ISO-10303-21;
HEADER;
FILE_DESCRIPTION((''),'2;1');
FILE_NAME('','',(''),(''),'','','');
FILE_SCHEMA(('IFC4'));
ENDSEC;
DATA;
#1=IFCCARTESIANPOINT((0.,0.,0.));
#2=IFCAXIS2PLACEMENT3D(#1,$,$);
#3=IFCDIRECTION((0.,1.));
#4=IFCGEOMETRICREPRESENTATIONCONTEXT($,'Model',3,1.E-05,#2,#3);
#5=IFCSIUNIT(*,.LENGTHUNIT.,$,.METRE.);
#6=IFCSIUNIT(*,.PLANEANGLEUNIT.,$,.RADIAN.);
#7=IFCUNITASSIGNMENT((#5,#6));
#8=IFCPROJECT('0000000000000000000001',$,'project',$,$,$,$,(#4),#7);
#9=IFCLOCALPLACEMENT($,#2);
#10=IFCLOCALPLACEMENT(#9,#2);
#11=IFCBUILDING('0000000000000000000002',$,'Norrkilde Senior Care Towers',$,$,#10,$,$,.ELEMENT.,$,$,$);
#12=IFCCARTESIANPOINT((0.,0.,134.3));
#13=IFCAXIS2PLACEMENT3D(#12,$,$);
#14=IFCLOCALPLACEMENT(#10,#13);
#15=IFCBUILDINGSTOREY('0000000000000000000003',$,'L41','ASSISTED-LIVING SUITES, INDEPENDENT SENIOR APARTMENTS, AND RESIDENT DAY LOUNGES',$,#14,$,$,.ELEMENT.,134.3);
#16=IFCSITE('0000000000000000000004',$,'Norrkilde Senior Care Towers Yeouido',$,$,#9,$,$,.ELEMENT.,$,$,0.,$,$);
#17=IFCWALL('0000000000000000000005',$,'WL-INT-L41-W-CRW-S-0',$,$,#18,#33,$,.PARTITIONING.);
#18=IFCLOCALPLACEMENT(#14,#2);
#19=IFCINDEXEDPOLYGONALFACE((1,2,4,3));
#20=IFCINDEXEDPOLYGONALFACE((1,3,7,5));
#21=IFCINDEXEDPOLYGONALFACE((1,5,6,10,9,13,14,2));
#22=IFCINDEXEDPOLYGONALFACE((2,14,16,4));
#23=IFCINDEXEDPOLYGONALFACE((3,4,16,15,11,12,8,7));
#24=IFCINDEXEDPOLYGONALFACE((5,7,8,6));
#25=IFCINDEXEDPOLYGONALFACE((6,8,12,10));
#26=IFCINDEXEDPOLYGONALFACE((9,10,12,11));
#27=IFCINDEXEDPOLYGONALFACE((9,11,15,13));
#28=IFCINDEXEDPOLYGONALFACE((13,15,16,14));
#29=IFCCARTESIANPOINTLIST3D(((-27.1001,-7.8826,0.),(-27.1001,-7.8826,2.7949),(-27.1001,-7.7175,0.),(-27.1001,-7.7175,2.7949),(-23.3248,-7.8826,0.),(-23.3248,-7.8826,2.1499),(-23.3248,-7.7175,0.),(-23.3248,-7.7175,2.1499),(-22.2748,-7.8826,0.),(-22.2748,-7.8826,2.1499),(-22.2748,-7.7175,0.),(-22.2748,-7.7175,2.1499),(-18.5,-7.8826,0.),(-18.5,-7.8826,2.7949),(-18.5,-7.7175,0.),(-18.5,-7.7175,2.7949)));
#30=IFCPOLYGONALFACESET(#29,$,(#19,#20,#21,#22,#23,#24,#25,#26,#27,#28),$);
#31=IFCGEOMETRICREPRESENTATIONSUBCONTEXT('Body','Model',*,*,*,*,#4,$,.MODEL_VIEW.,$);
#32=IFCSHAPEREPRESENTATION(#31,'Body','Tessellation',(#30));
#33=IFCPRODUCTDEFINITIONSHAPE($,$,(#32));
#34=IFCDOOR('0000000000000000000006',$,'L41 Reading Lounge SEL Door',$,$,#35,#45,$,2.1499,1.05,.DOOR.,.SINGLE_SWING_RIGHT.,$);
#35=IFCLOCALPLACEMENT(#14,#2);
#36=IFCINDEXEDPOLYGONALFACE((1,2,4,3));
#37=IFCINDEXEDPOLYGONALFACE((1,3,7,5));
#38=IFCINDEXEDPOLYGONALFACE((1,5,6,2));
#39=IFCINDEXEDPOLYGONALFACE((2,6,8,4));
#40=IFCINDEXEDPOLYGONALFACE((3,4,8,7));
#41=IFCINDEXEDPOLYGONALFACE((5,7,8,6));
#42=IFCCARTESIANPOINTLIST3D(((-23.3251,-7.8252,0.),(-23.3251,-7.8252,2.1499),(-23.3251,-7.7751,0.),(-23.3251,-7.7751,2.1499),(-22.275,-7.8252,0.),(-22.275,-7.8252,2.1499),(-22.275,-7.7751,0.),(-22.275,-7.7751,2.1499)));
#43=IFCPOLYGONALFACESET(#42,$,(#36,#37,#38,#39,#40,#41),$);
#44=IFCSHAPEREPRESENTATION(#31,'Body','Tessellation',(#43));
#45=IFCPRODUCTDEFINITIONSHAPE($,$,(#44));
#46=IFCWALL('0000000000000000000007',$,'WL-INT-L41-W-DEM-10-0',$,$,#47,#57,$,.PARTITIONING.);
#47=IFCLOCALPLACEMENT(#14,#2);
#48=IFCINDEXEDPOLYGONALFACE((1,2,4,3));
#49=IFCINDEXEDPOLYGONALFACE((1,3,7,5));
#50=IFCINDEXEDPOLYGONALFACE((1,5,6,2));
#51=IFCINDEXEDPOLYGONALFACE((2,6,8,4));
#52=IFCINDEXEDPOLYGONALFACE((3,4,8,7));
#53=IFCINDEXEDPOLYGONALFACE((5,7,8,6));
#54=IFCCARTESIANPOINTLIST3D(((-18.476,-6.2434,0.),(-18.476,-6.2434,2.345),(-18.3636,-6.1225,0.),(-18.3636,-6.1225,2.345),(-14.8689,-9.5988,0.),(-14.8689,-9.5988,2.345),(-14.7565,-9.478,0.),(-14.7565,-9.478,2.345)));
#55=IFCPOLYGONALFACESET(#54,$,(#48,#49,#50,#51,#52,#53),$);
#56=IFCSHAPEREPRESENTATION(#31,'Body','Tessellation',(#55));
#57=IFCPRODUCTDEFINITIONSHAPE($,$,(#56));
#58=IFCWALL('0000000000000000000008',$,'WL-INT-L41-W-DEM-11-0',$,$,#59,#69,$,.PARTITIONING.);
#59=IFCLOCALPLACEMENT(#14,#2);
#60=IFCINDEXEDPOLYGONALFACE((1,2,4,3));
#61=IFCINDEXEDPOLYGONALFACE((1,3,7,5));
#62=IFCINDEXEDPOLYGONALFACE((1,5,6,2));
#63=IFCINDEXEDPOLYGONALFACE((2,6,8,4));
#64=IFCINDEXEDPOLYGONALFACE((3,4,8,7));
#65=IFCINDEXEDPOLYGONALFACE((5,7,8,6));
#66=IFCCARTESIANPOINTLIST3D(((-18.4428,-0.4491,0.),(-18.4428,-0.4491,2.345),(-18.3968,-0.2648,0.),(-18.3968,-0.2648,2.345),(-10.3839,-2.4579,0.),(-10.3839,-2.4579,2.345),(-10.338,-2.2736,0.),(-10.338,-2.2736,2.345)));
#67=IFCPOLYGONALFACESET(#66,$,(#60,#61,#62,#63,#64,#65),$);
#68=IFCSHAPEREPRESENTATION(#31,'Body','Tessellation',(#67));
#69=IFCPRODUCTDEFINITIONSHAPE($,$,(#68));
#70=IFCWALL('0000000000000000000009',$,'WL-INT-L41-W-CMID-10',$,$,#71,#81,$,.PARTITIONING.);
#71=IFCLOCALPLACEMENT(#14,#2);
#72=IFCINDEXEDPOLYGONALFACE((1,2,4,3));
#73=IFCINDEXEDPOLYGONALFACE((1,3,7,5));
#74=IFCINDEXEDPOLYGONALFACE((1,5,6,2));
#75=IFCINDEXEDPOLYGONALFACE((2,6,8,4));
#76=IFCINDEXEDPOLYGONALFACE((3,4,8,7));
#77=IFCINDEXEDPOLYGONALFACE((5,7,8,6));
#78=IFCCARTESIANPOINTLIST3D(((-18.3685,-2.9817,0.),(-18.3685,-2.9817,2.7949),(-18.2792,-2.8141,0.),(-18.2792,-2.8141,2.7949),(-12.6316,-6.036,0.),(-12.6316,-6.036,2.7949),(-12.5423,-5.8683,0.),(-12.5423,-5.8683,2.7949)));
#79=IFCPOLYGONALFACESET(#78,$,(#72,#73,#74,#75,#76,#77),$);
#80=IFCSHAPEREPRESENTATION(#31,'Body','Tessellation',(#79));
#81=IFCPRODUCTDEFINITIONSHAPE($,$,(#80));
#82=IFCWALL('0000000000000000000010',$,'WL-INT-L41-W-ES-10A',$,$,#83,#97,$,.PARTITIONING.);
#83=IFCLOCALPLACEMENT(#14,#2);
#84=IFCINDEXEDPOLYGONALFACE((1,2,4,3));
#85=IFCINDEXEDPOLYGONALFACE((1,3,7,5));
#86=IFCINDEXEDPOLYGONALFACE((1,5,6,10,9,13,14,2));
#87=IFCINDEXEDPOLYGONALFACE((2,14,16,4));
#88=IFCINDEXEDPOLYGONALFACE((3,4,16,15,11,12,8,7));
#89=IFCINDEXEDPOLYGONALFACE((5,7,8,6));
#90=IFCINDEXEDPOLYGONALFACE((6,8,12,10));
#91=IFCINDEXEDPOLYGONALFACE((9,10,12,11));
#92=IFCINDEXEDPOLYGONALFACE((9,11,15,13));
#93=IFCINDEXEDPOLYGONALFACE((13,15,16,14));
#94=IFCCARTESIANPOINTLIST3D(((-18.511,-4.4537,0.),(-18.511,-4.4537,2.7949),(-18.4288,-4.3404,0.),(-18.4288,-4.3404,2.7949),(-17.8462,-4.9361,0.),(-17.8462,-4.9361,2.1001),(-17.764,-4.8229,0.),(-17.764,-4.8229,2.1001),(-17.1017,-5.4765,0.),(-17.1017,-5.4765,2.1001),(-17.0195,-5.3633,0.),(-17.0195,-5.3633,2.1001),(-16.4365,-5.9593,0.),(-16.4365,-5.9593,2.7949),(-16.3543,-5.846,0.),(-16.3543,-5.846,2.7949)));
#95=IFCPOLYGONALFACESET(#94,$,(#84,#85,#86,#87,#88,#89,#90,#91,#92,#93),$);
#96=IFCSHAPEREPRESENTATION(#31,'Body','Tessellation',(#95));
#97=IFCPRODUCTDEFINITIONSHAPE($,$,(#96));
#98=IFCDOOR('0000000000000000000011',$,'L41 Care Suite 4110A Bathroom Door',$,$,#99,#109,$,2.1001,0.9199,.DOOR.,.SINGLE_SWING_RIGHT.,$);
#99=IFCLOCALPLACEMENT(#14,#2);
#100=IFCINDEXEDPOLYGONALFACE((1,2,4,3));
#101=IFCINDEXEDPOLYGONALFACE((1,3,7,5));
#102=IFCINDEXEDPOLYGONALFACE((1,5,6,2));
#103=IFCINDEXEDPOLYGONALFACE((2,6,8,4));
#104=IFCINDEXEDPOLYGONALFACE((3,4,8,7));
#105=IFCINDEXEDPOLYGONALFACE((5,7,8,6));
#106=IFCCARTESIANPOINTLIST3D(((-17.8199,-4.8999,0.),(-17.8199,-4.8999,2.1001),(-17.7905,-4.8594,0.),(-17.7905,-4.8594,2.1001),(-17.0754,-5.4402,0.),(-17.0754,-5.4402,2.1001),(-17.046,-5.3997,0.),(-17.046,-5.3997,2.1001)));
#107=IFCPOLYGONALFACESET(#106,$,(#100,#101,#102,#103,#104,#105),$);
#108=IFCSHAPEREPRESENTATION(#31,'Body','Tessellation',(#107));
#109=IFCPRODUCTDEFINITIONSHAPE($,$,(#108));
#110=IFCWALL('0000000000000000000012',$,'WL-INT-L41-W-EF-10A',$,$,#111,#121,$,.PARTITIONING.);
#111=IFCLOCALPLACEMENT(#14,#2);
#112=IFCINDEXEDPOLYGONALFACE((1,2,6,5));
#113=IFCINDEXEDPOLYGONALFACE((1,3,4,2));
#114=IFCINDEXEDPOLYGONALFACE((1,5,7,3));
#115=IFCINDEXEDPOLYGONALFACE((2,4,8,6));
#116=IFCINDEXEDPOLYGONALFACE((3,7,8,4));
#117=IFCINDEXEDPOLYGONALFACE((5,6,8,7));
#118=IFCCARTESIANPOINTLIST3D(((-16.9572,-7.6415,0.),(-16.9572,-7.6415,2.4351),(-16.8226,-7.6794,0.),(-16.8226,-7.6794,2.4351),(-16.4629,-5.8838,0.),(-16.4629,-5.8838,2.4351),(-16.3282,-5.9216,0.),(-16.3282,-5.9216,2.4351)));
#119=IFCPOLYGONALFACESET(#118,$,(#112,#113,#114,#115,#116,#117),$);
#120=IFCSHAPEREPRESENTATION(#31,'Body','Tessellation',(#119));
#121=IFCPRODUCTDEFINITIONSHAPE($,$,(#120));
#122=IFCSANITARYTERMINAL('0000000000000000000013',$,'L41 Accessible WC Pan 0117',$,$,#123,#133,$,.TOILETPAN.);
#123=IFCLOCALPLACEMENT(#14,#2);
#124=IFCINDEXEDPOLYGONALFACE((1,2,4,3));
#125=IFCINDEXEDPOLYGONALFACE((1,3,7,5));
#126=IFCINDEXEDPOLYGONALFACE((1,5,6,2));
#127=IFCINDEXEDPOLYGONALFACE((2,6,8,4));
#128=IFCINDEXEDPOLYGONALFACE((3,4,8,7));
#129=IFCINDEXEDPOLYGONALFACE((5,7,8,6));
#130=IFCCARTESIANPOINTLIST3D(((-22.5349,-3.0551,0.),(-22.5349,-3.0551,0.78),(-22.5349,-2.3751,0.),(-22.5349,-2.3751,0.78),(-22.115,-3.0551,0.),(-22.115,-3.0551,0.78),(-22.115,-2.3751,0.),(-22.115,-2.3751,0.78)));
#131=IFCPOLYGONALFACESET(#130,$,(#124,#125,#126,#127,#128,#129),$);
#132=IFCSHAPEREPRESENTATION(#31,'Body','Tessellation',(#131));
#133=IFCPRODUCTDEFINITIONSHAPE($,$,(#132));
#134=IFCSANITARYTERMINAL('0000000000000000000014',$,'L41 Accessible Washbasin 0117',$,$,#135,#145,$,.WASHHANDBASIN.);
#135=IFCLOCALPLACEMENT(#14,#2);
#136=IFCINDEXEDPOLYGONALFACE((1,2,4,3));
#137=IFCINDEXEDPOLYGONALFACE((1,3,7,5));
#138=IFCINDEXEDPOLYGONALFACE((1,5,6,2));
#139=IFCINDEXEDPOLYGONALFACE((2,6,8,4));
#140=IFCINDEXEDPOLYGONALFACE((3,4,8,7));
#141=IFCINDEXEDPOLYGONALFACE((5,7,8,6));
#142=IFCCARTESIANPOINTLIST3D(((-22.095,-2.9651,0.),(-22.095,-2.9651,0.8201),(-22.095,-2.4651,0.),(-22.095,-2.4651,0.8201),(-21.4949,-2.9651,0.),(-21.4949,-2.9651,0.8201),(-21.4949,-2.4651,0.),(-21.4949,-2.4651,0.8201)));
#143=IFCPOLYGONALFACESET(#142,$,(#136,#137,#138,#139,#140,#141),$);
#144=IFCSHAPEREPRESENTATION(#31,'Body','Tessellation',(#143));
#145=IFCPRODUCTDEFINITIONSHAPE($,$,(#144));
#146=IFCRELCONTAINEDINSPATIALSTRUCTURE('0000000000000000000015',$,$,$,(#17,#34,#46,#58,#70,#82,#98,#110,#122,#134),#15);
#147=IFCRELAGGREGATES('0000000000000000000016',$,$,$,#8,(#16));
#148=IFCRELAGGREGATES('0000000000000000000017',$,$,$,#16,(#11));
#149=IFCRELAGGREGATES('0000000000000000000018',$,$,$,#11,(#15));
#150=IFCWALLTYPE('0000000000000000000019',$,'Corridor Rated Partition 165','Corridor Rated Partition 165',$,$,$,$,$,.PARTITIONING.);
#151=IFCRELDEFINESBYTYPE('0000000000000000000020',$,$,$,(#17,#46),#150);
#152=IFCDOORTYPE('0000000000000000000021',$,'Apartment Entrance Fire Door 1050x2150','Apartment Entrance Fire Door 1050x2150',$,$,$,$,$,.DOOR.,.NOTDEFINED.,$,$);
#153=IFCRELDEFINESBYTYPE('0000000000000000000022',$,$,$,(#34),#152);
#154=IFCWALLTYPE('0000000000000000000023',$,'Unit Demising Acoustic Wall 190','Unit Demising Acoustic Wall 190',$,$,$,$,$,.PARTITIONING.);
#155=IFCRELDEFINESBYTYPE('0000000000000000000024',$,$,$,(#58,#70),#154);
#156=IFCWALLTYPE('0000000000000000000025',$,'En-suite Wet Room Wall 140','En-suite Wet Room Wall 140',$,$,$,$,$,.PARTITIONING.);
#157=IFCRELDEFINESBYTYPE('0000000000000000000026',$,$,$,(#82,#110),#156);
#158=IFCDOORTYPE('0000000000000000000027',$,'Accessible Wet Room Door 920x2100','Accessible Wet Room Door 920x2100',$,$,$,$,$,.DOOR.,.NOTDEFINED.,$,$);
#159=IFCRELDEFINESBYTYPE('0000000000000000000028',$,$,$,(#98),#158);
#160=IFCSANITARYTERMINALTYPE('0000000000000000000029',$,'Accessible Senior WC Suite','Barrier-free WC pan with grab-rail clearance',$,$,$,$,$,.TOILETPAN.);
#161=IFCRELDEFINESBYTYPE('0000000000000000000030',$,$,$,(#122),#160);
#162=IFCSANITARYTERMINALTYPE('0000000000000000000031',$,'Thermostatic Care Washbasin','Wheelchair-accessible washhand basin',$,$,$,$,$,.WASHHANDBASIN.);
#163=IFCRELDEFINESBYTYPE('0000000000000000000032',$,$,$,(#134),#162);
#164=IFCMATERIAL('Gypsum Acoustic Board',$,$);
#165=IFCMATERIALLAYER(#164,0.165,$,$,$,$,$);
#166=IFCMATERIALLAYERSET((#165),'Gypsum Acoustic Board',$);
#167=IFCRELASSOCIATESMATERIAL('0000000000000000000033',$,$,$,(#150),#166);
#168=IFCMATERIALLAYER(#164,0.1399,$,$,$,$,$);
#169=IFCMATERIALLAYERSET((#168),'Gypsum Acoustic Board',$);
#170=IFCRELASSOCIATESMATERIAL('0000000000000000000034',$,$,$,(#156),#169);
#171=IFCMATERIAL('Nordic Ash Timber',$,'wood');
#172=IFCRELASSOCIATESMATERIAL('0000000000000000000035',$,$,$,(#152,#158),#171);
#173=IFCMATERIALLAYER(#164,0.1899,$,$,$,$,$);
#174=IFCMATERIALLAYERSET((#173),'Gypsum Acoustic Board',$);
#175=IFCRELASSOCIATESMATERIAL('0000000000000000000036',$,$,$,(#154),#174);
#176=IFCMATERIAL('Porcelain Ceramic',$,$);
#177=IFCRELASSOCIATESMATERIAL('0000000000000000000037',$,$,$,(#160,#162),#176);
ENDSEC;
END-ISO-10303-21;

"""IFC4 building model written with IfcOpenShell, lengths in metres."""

from ifc_helpers import new_model, si_unit, direction, frame, frame_2d, origin, origin_2d, place, context, subcontext, project, spatial, rectangle, extrude, source, transform, mapped, material, layer, layer_set, type_object, type_shapes, element, fill, save


model = new_model("IFC4")

# Units and contexts
model_context = context("Model", 3, precision=1e-05, world=origin(), true_north=direction((0.0, 1.0)))
body_context = subcontext(model_context, "Body", "Model", "MODEL_VIEW")
ifc_project = project(units=[si_unit("LENGTHUNIT", "METRE"), si_unit("PLANEANGLEUNIT", "RADIAN")], contexts=[model_context])

# Site, building, storey
site_placement = place(None, origin())
site = spatial("IfcSite", under=ifc_project, at=site_placement, Name="Norrkilde Senior Care Towers Yeouido", CompositionType="ELEMENT", RefElevation=0.0)
building_placement = place(site_placement, origin())
building = spatial("IfcBuilding", under=site, at=building_placement, Name="Norrkilde Senior Care Towers", CompositionType="ELEMENT")
storey_placement = place(building_placement, frame((0.0, 0.0, 134.3)))
storey = spatial("IfcBuildingStorey", under=building, at=storey_placement, Name="L41", Description="ASSISTED-LIVING SUITES, INDEPENDENT SENIOR APARTMENTS, AND RESIDENT DAY LOUNGES", CompositionType="ELEMENT", Elevation=134.3)

# Shared definitions
ifc_material_1 = material(Name="Gypsum Acoustic Board")
ifc_layer_1 = layer(ifc_material_1, 0.165)
ifc_layer_set_1 = layer_set([ifc_layer_1], Name="Gypsum Acoustic Board")
wall_type_1 = type_object("IfcWallType", Name="Corridor Rated Partition 165", Description="Corridor Rated Partition 165", PredefinedType="PARTITIONING", material=ifc_layer_set_1)

# Shared definitions
ifc_layer_2 = layer(ifc_material_1, 0.1399)
ifc_layer_set_2 = layer_set([ifc_layer_2], Name="Gypsum Acoustic Board")
wall_type_2 = type_object("IfcWallType", Name="En-suite Wet Room Wall 140", Description="En-suite Wet Room Wall 140", PredefinedType="PARTITIONING", material=ifc_layer_set_2)

# Wall, opening, door
shared_shape_1 = source(origin(), body_context, "Body", "SweptSolid", [
    extrude(rectangle(XDim=8.6001, YDim=0.165, at=frame_2d((4.3, 0.0))), origin(), (0.0, 0.0, 1.0), 2.7949),
])
wall_1_placement = place(storey_placement, frame((-18.5, -7.8, 0.0), z_axis=(0.0, 0.0, 1.0), x_axis=(-1.0, 0.0, 0.0)))
wall_1 = element("IfcWall", 1, at=wall_1_placement, inside=storey, type_object=wall_type_1, Name="WL-INT-L41-W-CRW-S-0", PredefinedType="PARTITIONING", context=body_context, shape_type="MappedRepresentation", body=[
    mapped(shared_shape_1, transform((0.0, 0.0, 0.0), x_axis=(1.0, 0.0, 0.0), y_axis=(0.0, 1.0, 0.0), z_axis=(0.0, 0.0, 1.0), scale=1.0)),
])
opening_1_placement = place(wall_1_placement, frame((3.7749, 0.0, 0.0)))
opening_1 = element("IfcOpeningElement", 2, at=opening_1_placement, cuts=wall_1, PredefinedType="OPENING", context=body_context, shape_type="SweptSolid", body=[
    extrude(rectangle(XDim=1.05, YDim=2.1499, at=frame_2d((0.5249, 1.075))), frame((0.0, 0.0925, 0.0), z_axis=(0.0, -1.0, 0.0), x_axis=(1.0, 0.0, 0.0)), (0.0, 0.0, 1.0), 0.1851),
])
ifc_material_2 = material(Name="Nordic Ash Timber", Category="wood")
door_type_1 = type_object("IfcDoorType", Name="Apartment Entrance Fire Door 1050x2150", Description="Apartment Entrance Fire Door 1050x2150", OperationType="NOTDEFINED", PredefinedType="DOOR", material=ifc_material_2)
shared_shape_2 = source(origin(), body_context, "Body", "SweptSolid", [
    extrude(rectangle(XDim=1.05, YDim=2.1499, at=frame_2d((0.5249, 1.075))), frame((0.0, 0.0249, 0.0), z_axis=(0.0, -1.0, 0.0), x_axis=(1.0, 0.0, 0.0)), (0.0, 0.0, 1.0), 0.05),
])
type_shapes(door_type_1, [shared_shape_2])
door_1_placement = place(opening_1_placement, frame((1.05, 0.0, 0.0), z_axis=(0.0, 0.0, 1.0), x_axis=(-1.0, 0.0, 0.0)))
door_1 = element("IfcDoor", 3, at=door_1_placement, inside=storey, type_object=door_type_1, Name="L41 Reading Lounge SEL Door", OperationType="SINGLE_SWING_RIGHT", OverallHeight=2.1499, OverallWidth=1.05, PredefinedType="DOOR", context=body_context, shape_type="MappedRepresentation", body=[
    mapped(shared_shape_2, transform((0.0, 0.0, 0.0), x_axis=(1.0, 0.0, 0.0), y_axis=(0.0, 1.0, 0.0), z_axis=(0.0, 0.0, 1.0), scale=1.0)),
])
fill(opening_1, door_1)

# Walls
shared_shape_3 = source(origin(), body_context, "Body", "SweptSolid", [
    extrude(rectangle(XDim=4.9265, YDim=0.165, at=frame_2d((2.4634, 0.0))), origin(), (0.0, 0.0, 1.0), 2.345),
])
wall_2_placement = place(storey_placement, frame((-18.4199, -6.1829, 0.0), z_axis=(0.0, 0.0, 1.0), x_axis=(0.732191, -0.681099, 0.0)))
element("IfcWall", 4, at=wall_2_placement, inside=storey, type_object=wall_type_1, Name="WL-INT-L41-W-DEM-10-0", PredefinedType="PARTITIONING", context=body_context, shape_type="MappedRepresentation", body=[
    mapped(shared_shape_3, transform((0.0, 0.0, 0.0), x_axis=(1.0, 0.0, 0.0), y_axis=(0.0, 1.0, 0.0), z_axis=(0.0, 0.0, 1.0), scale=1.0)),
])
ifc_layer_3 = layer(ifc_material_1, 0.1899)
ifc_layer_set_3 = layer_set([ifc_layer_3], Name="Gypsum Acoustic Board")
wall_type_3 = type_object("IfcWallType", Name="Unit Demising Acoustic Wall 190", Description="Unit Demising Acoustic Wall 190", PredefinedType="PARTITIONING", material=ifc_layer_set_3)
shared_shape_4 = source(origin(), body_context, "Body", "SweptSolid", [
    extrude(rectangle(XDim=8.3054, YDim=0.1899, at=frame_2d((4.1528, 0.0))), origin(), (0.0, 0.0, 1.0), 2.345),
])
wall_3_placement = place(storey_placement, frame((-18.4199, -0.3569, 0.0), z_axis=(0.0, 0.0, 1.0), x_axis=(0.97031, -0.241865, 0.0)))
element("IfcWall", 5, at=wall_3_placement, inside=storey, type_object=wall_type_3, Name="WL-INT-L41-W-DEM-11-0", PredefinedType="PARTITIONING", context=body_context, shape_type="MappedRepresentation", body=[
    mapped(shared_shape_4, transform((0.0, 0.0, 0.0), x_axis=(1.0, 0.0, 0.0), y_axis=(0.0, 1.0, 0.0), z_axis=(0.0, 0.0, 1.0), scale=1.0)),
])
shared_shape_5 = source(origin(), body_context, "Body", "SweptSolid", [
    extrude(rectangle(XDim=6.4993, YDim=0.1899, at=frame_2d((3.2495, 0.0))), origin(), (0.0, 0.0, 1.0), 2.7949),
])
type_shapes(wall_type_3, [shared_shape_4, shared_shape_5])
wall_4_placement = place(storey_placement, frame((-18.3237, -2.8979, 0.0), z_axis=(0.0, 0.0, 1.0), x_axis=(0.8827, -0.469937, 0.0)))
element("IfcWall", 6, at=wall_4_placement, inside=storey, type_object=wall_type_3, Name="WL-INT-L41-W-CMID-10", PredefinedType="PARTITIONING", context=body_context, shape_type="MappedRepresentation", body=[
    mapped(shared_shape_5, transform((0.0, 0.0, 0.0), x_axis=(1.0, 0.0, 0.0), y_axis=(0.0, 1.0, 0.0), z_axis=(0.0, 0.0, 1.0), scale=1.0)),
])

# Wall, opening, door
shared_shape_6 = source(origin(), body_context, "Body", "SweptSolid", [
    extrude(rectangle(XDim=2.5632, YDim=0.1399, at=frame_2d((1.2817, 0.0))), origin(), (0.0, 0.0, 1.0), 2.7949),
])
wall_5_placement = place(storey_placement, frame((-18.47, -4.397, 0.0), z_axis=(0.0, 0.0, 1.0), x_axis=(0.809308, -0.587384, 0.0)))
wall_5 = element("IfcWall", 7, at=wall_5_placement, inside=storey, type_object=wall_type_2, Name="WL-INT-L41-W-ES-10A", PredefinedType="PARTITIONING", context=body_context, shape_type="MappedRepresentation", body=[
    mapped(shared_shape_6, transform((0.0, 0.0, 0.0), x_axis=(1.0, 0.0, 0.0), y_axis=(0.0, 1.0, 0.0), z_axis=(0.0, 0.0, 1.0), scale=1.0)),
])
opening_2_placement = place(wall_5_placement, frame((0.8215, 0.0, 0.0)))
opening_2 = element("IfcOpeningElement", 8, at=opening_2_placement, cuts=wall_5, PredefinedType="OPENING", context=body_context, shape_type="SweptSolid", body=[
    extrude(rectangle(XDim=0.9199, YDim=2.1001, at=frame_2d((0.46, 1.05))), frame((0.0, 0.0798, 0.0), z_axis=(0.0, -1.0, 0.0), x_axis=(1.0, 0.0, 0.0)), (0.0, 0.0, 1.0), 0.1599),
])
door_type_2 = type_object("IfcDoorType", Name="Accessible Wet Room Door 920x2100", Description="Accessible Wet Room Door 920x2100", OperationType="NOTDEFINED", PredefinedType="DOOR", material=ifc_material_2)
shared_shape_7 = source(origin(), body_context, "Body", "SweptSolid", [
    extrude(rectangle(XDim=0.9199, YDim=2.1001, at=frame_2d((0.46, 1.05))), frame((0.0, 0.0249, 0.0), z_axis=(0.0, -1.0, 0.0), x_axis=(1.0, 0.0, 0.0)), (0.0, 0.0, 1.0), 0.05),
])
type_shapes(door_type_2, [shared_shape_7])
door_2_placement = place(opening_2_placement, origin())
door_2 = element("IfcDoor", 9, at=door_2_placement, inside=storey, type_object=door_type_2, Name="L41 Care Suite 4110A Bathroom Door", OperationType="SINGLE_SWING_RIGHT", OverallHeight=2.1001, OverallWidth=0.9199, PredefinedType="DOOR", context=body_context, shape_type="MappedRepresentation", body=[
    mapped(shared_shape_7, transform((0.0, 0.0, 0.0), x_axis=(1.0, 0.0, 0.0), y_axis=(0.0, 1.0, 0.0), z_axis=(0.0, 0.0, 1.0), scale=1.0)),
])
fill(opening_2, door_2)

# Wall
shared_shape_8 = source(origin(), body_context, "Body", "SweptSolid", [
    extrude(rectangle(XDim=1.8259, YDim=0.1399, at=frame_2d((0.9131, 0.0))), origin(), (0.0, 0.0, 1.0), 2.4351),
])
wall_6_placement = place(storey_placement, frame((-16.3955, -5.9026, 0.0), z_axis=(0.0, 0.0, 1.0), x_axis=(-0.270746, -0.962651, 0.0)))
element("IfcWall", 10, at=wall_6_placement, inside=storey, type_object=wall_type_2, Name="WL-INT-L41-W-EF-10A", PredefinedType="PARTITIONING", context=body_context, shape_type="MappedRepresentation", body=[
    mapped(shared_shape_8, transform((0.0, 0.0, 0.0), x_axis=(1.0, 0.0, 0.0), y_axis=(0.0, 1.0, 0.0), z_axis=(0.0, 0.0, 1.0), scale=1.0)),
])

# Sanitary terminals
ifc_material_3 = material(Name="Porcelain Ceramic")
sanitary_terminal_type_1 = type_object("IfcSanitaryTerminalType", Name="Accessible Senior WC Suite", Description="Barrier-free WC pan with grab-rail clearance", PredefinedType="TOILETPAN", material=ifc_material_3)
shared_shape_9 = source(origin(), body_context, "Body", "SweptSolid", [
    extrude(rectangle(XDim=0.4199, YDim=0.6799, at=origin_2d()), origin(), (0.0, 0.0, 1.0), 0.78),
])
type_shapes(sanitary_terminal_type_1, [shared_shape_9])
sanitary_terminal_1_placement = place(storey_placement, frame((-22.325, -2.7151, 0.0), z_axis=(0.0, 0.0, 1.0), x_axis=(1.0, 0.0, 0.0)))
element("IfcSanitaryTerminal", 11, at=sanitary_terminal_1_placement, inside=storey, type_object=sanitary_terminal_type_1, Name="L41 Accessible WC Pan 0117", PredefinedType="TOILETPAN", context=body_context, shape_type="MappedRepresentation", body=[
    mapped(shared_shape_9, transform((0.0, 0.0, 0.0), x_axis=(1.0, 0.0, 0.0), y_axis=(0.0, 1.0, 0.0), z_axis=(0.0, 0.0, 1.0), scale=1.0)),
])
sanitary_terminal_type_2 = type_object("IfcSanitaryTerminalType", Name="Thermostatic Care Washbasin", Description="Wheelchair-accessible washhand basin", PredefinedType="WASHHANDBASIN", material=ifc_material_3)
shared_shape_10 = source(origin(), body_context, "Body", "SweptSolid", [
    extrude(rectangle(XDim=0.6001, YDim=0.5, at=origin_2d()), origin(), (0.0, 0.0, 1.0), 0.8201),
])
type_shapes(sanitary_terminal_type_2, [shared_shape_10])
sanitary_terminal_2_placement = place(storey_placement, frame((-21.7949, -2.7151, 0.0), z_axis=(0.0, 0.0, 1.0), x_axis=(1.0, 0.0, 0.0)))
element("IfcSanitaryTerminal", 12, at=sanitary_terminal_2_placement, inside=storey, type_object=sanitary_terminal_type_2, Name="L41 Accessible Washbasin 0117", PredefinedType="WASHHANDBASIN", context=body_context, shape_type="MappedRepresentation", body=[
    mapped(shared_shape_10, transform((0.0, 0.0, 0.0), x_axis=(1.0, 0.0, 0.0), y_axis=(0.0, 1.0, 0.0), z_axis=(0.0, 0.0, 1.0), scale=1.0)),
])

save(model, "model.ifc")
